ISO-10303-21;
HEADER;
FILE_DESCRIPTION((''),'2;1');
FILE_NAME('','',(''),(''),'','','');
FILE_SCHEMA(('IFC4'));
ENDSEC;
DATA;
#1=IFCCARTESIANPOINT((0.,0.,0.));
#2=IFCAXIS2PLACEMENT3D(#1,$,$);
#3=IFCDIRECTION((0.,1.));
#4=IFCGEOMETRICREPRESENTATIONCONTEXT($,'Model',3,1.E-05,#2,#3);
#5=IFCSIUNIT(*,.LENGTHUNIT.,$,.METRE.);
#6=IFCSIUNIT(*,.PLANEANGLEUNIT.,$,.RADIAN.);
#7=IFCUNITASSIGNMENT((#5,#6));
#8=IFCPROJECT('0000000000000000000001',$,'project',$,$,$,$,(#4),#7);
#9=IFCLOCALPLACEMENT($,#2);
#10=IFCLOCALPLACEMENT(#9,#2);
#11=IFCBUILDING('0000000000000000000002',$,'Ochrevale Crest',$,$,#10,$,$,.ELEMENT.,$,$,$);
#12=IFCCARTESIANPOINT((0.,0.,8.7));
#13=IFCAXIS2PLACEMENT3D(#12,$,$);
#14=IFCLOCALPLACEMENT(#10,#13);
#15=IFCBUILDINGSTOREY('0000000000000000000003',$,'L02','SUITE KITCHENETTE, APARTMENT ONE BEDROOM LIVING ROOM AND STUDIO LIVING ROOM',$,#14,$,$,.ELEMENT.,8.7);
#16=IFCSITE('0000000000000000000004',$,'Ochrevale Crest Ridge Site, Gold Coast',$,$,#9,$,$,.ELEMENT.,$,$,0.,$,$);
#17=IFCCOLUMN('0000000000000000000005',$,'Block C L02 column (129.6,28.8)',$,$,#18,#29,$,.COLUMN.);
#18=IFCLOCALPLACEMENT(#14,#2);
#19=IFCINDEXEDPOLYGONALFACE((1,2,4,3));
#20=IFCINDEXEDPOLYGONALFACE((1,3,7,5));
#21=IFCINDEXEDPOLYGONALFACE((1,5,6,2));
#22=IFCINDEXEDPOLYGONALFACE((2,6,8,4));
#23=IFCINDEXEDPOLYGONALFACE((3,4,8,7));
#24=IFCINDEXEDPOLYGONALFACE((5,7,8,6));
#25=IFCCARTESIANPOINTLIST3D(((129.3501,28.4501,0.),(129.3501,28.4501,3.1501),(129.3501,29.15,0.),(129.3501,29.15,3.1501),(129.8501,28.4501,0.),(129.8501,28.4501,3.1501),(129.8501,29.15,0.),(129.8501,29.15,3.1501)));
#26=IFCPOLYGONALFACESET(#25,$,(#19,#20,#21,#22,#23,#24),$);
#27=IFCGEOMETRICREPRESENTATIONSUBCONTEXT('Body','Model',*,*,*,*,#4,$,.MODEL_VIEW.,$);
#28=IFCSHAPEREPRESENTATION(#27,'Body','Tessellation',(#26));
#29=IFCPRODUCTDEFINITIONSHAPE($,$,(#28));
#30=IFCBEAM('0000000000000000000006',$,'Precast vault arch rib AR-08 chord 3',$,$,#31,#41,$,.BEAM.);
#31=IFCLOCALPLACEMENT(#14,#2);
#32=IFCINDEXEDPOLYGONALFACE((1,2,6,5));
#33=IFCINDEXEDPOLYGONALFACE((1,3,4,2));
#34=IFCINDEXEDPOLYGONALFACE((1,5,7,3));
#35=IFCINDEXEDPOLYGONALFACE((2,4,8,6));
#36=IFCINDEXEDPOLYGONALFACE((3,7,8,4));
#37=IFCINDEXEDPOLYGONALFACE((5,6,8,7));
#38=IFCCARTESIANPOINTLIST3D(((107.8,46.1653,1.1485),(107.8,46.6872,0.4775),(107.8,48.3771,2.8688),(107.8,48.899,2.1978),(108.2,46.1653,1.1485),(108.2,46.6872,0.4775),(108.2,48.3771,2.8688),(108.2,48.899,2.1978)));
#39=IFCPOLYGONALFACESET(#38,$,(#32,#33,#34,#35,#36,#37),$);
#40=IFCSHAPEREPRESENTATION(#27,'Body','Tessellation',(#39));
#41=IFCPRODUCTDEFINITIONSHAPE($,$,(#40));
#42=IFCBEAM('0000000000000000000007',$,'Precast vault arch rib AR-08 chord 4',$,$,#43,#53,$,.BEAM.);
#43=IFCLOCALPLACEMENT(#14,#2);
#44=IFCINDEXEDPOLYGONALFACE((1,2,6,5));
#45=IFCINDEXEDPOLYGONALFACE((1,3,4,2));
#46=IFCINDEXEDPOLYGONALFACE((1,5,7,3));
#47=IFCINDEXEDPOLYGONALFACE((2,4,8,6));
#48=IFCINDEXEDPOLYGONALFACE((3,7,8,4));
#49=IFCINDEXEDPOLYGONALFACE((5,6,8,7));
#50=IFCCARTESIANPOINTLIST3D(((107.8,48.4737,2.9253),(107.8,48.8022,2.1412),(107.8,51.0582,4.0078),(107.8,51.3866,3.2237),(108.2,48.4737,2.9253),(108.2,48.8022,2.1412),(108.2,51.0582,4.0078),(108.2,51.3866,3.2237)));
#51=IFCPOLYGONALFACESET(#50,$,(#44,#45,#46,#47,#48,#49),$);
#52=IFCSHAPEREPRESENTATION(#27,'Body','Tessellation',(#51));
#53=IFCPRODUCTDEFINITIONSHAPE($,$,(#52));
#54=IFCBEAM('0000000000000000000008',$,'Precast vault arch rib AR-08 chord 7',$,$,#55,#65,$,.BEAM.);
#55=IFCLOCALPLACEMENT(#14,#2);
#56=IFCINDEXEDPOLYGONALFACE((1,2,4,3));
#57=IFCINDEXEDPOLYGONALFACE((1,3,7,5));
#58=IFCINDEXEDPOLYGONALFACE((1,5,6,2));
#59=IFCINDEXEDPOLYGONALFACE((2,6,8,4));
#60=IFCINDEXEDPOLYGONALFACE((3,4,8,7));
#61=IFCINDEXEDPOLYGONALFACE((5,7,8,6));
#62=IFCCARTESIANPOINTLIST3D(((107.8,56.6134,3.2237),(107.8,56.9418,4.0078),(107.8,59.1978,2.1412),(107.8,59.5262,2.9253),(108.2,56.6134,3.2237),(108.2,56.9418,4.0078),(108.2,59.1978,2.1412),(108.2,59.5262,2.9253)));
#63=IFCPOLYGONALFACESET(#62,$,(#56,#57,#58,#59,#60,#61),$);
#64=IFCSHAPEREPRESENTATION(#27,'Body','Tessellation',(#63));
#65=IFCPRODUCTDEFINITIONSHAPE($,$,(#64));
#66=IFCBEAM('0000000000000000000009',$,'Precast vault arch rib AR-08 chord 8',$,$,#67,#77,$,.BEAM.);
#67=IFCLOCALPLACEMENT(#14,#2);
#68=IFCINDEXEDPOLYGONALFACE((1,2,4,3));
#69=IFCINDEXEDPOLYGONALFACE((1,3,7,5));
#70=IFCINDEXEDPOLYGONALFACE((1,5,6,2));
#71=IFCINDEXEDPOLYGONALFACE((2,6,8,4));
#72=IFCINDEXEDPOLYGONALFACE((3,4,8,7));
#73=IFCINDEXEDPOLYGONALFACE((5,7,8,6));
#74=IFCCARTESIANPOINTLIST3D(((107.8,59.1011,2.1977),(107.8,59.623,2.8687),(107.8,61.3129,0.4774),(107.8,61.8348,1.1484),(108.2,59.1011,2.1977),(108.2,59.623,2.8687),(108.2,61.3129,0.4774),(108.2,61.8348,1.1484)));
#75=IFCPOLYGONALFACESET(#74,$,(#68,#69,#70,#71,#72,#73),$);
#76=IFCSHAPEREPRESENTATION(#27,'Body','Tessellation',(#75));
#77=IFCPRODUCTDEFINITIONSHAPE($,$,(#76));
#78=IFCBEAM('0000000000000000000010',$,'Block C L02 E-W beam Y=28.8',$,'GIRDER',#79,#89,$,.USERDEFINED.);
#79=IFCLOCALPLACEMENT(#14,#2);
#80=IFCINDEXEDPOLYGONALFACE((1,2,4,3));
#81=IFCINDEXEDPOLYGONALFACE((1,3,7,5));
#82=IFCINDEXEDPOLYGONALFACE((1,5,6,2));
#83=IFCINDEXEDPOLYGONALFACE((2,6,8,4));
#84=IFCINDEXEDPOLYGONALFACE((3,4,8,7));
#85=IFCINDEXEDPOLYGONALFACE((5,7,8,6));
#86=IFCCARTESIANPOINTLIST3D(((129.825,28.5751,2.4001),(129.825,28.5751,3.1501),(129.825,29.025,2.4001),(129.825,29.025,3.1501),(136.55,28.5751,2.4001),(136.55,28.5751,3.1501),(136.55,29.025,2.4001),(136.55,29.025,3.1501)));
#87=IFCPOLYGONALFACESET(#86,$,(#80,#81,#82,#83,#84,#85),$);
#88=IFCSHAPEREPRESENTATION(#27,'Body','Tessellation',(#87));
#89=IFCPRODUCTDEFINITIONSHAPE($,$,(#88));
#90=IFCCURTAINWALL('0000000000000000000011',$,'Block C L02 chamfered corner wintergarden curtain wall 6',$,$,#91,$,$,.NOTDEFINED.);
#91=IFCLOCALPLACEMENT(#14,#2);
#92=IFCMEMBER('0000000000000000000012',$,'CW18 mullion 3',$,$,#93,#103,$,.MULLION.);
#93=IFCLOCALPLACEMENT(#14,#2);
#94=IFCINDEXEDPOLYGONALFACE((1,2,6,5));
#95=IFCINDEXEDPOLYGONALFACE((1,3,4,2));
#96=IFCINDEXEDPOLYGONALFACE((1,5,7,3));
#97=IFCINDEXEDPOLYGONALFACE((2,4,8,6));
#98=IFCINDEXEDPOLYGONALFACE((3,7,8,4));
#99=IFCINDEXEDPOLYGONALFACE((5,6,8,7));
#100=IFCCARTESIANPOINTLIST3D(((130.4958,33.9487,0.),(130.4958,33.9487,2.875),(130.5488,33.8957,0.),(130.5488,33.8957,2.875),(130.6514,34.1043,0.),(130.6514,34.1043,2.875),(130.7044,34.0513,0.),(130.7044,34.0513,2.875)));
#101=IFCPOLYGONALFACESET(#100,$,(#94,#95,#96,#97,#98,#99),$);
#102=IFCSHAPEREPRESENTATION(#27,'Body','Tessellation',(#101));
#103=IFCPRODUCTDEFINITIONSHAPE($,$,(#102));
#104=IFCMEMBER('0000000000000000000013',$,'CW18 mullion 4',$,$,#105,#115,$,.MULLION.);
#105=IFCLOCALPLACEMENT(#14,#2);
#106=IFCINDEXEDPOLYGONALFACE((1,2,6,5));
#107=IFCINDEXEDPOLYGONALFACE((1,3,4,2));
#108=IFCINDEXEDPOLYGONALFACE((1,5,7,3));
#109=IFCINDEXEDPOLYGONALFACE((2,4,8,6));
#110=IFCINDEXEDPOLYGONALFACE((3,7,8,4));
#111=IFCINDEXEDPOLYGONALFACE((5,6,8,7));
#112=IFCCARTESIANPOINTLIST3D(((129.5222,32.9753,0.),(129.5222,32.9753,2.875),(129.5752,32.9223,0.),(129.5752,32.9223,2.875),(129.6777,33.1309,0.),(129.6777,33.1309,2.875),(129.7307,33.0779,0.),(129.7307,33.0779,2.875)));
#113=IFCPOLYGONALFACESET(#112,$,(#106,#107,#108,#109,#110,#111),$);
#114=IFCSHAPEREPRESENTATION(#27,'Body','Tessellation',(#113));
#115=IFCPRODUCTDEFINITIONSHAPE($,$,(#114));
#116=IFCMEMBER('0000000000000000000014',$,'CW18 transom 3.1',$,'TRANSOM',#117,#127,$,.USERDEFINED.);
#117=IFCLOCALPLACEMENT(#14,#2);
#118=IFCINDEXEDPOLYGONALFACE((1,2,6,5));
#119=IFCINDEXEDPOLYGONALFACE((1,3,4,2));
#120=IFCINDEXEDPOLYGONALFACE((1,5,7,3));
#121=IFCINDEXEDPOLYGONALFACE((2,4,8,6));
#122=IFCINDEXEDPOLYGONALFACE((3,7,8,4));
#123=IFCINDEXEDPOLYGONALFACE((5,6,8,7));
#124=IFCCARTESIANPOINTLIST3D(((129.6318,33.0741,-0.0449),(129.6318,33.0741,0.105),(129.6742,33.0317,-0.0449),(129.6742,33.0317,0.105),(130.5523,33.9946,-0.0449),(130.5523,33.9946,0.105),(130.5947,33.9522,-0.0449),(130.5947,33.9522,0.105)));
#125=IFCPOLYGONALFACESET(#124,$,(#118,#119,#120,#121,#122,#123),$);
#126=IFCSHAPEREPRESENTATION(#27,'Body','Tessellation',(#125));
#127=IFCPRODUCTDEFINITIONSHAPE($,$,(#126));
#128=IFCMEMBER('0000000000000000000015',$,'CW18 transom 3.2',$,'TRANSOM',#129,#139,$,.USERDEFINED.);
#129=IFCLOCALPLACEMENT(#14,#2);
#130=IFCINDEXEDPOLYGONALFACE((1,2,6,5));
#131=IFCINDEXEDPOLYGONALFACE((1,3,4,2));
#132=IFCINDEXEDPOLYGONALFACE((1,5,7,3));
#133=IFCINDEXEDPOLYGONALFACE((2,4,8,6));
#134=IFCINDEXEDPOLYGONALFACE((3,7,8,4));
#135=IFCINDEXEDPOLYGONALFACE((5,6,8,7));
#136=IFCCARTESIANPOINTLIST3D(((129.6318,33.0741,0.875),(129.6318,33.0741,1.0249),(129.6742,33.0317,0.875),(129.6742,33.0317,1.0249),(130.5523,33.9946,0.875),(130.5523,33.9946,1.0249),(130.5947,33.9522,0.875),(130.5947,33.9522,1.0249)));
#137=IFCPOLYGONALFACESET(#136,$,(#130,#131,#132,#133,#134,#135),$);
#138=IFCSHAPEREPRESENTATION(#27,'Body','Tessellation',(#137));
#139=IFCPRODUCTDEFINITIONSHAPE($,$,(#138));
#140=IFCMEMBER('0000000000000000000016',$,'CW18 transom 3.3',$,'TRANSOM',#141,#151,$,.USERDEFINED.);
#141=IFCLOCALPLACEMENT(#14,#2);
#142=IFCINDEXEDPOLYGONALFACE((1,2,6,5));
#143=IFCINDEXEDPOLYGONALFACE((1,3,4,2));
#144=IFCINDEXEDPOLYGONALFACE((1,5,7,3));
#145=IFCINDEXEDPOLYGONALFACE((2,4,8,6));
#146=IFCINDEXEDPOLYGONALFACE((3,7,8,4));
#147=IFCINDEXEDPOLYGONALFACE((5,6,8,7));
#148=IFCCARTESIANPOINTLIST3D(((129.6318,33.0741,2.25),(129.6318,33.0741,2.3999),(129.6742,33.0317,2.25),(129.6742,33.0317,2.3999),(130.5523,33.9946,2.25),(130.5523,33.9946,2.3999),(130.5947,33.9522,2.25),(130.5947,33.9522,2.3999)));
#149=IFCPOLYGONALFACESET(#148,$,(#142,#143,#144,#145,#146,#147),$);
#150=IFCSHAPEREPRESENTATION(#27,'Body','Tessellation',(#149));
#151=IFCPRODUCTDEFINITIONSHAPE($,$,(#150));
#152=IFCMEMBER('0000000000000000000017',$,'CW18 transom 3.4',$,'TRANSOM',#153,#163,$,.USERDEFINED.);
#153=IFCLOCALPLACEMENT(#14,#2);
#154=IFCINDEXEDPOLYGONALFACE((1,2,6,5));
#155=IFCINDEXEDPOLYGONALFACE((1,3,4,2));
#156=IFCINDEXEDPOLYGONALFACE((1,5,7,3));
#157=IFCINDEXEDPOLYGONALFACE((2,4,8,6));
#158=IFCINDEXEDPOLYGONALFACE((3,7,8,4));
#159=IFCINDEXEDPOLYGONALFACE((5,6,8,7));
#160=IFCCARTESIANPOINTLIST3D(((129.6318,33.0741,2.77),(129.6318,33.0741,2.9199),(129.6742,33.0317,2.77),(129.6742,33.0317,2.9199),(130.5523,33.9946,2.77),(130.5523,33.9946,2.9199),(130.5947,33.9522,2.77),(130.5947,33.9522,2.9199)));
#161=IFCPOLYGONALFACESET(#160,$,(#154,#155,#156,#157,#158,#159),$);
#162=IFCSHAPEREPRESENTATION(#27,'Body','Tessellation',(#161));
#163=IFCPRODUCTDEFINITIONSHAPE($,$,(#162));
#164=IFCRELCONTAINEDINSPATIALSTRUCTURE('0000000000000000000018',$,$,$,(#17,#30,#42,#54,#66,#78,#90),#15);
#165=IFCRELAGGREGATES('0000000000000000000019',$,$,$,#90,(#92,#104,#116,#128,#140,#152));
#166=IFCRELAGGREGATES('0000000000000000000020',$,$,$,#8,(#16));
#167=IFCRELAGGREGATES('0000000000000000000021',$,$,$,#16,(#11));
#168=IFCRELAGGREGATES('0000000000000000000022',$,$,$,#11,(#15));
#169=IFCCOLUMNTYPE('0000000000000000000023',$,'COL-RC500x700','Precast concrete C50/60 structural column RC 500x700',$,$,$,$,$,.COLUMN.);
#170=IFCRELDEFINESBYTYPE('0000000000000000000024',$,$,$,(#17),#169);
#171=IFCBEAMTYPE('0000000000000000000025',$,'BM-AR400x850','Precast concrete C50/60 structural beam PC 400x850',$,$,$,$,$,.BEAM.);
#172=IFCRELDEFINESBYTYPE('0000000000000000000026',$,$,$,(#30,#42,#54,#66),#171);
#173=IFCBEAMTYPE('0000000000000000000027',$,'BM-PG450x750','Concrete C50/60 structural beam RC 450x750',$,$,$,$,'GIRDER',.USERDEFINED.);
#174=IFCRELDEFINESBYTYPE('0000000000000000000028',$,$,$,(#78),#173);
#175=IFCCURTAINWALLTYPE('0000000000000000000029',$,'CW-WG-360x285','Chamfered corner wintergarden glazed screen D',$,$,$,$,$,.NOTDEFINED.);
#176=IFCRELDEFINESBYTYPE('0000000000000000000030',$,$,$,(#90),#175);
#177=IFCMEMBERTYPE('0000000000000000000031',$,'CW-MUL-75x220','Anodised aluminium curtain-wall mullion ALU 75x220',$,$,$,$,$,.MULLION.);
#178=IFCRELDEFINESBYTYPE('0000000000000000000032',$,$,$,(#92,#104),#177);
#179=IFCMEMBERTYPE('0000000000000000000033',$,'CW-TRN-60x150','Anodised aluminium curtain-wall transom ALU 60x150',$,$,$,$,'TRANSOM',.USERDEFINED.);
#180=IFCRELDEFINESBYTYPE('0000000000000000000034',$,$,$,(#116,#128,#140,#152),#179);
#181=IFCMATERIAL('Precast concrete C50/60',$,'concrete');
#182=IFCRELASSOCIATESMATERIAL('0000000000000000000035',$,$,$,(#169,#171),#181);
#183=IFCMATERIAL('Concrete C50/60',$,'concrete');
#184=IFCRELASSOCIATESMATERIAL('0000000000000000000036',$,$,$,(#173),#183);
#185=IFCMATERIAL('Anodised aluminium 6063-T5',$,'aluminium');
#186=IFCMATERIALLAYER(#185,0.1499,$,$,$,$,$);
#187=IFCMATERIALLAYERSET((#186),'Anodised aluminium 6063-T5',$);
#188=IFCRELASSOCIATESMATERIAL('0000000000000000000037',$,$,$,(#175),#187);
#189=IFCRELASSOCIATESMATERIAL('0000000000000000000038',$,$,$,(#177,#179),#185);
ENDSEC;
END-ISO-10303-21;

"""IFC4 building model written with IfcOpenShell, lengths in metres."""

from ifc_helpers import new_model, si_unit, direction, frame, origin, origin_2d, place, context, subcontext, project, spatial, rectangle, extrude, material, layer, layer_set, material_profile, profile_set, type_object, element, aggregate, save


model = new_model("IFC4")

# Units and contexts
model_context = context("Model", 3, precision=1e-05, world=origin(), true_north=direction((0.0, 1.0)))
body_context = subcontext(model_context, "Body", "Model", "MODEL_VIEW")
ifc_project = project(units=[si_unit("LENGTHUNIT", "METRE"), si_unit("PLANEANGLEUNIT", "RADIAN")], contexts=[model_context])

# Site, building, storey
site_placement = place(None, origin())
site = spatial("IfcSite", under=ifc_project, at=site_placement, Name="Ochrevale Crest Ridge Site, Gold Coast", CompositionType="ELEMENT", RefElevation=0.0)
building_placement = place(site_placement, origin())
building = spatial("IfcBuilding", under=site, at=building_placement, Name="Ochrevale Crest", CompositionType="ELEMENT")
storey_placement = place(building_placement, frame((0.0, 0.0, 8.7)))
storey = spatial("IfcBuildingStorey", under=building, at=storey_placement, Name="L02", Description="SUITE KITCHENETTE, APARTMENT ONE BEDROOM LIVING ROOM AND STUDIO LIVING ROOM", CompositionType="ELEMENT", Elevation=8.7)

# Column
ifc_material_1 = material(Name="Precast concrete C50/60", Category="concrete")
ifc_material_profile_1 = material_profile(ifc_material_1, rectangle(XDim=0.5, YDim=0.7, at=origin_2d()), Name="RC 500x700")
ifc_profile_set_1 = profile_set([ifc_material_profile_1], Name="Precast concrete C50/60")
column_type = type_object("IfcColumnType", Name="COL-RC500x700", Description="Precast concrete C50/60 structural column RC 500x700", PredefinedType="COLUMN", material=ifc_profile_set_1)
column_placement = place(storey_placement, frame((129.6001, 28.8, 0.0), z_axis=(0.0, 0.0, 1.0), x_axis=(1.0, 0.0, 0.0)))
element("IfcColumn", 1, at=column_placement, inside=storey, type_object=column_type, Name="Block C L02 column (129.6,28.8)", PredefinedType="COLUMN", context=body_context, shape_type="SweptSolid", body=[
    extrude(rectangle(XDim=0.5, YDim=0.7, at=origin_2d()), origin(), (0.0, 0.0, 1.0), 3.1501),
])

# Beams
ifc_material_profile_2 = material_profile(ifc_material_1, rectangle(XDim=0.3999, YDim=0.8501, at=origin_2d()), Name="PC 400x850")
ifc_profile_set_2 = profile_set([ifc_material_profile_2], Name="Precast concrete C50/60")
beam_type_1 = type_object("IfcBeamType", Name="BM-AR400x850", Description="Precast concrete C50/60 structural beam PC 400x850", PredefinedType="BEAM", material=ifc_profile_set_2)
for number, where, z_axis, x_axis, name in (
    (2, (108.0, 46.4263, 0.813), (0.0, 0.789348, 0.613947), (-1.0, 0.0, 0.0), "Precast vault arch rib AR-08 chord 3"),
    (3, (108.0, 48.6379, 2.5332), (0.0, 0.922359, 0.386335), (-1.0, 0.0, 0.0), "Precast vault arch rib AR-08 chord 4"),
    (4, (108.0, 56.7776, 3.6157), (0.0, 0.922359, -0.386335), (-1.0, 0.0, 0.0), "Precast vault arch rib AR-08 chord 7"),
    (5, (108.0, 59.3621, 2.5332), (0.0, 0.789348, -0.613947), (-1.0, 0.0, 0.0), "Precast vault arch rib AR-08 chord 8"),
):
    element("IfcBeam", number, at=place(storey_placement, frame(where, z_axis=z_axis, x_axis=x_axis)), inside=storey, type_object=beam_type_1, Name=name, PredefinedType="BEAM", context=body_context, shape_type="SweptSolid", body=[
        extrude(rectangle(XDim=0.3999, YDim=0.8501, at=origin_2d()), origin(), (0.0, 0.0, 1.0), 2.802),
    ])
ifc_material_2 = material(Name="Concrete C50/60", Category="concrete")
ifc_material_profile_3 = material_profile(ifc_material_2, rectangle(XDim=0.45, YDim=0.75, at=origin_2d()), Name="RC 450x750")
ifc_profile_set_3 = profile_set([ifc_material_profile_3], Name="Concrete C50/60")
beam_type_2 = type_object("IfcBeamType", Name="BM-PG450x750", Description="Concrete C50/60 structural beam RC 450x750", ElementType="GIRDER", PredefinedType="USERDEFINED", material=ifc_profile_set_3)
beam_placement = place(storey_placement, frame((129.825, 28.8, 2.7751), z_axis=(1.0, 0.0, 0.0), x_axis=(0.0, 1.0, 0.0)))
element("IfcBeam", 6, at=beam_placement, inside=storey, type_object=beam_type_2, Name="Block C L02 E-W beam Y=28.8", ObjectType="GIRDER", PredefinedType="USERDEFINED", context=body_context, shape_type="SweptSolid", body=[
    extrude(rectangle(XDim=0.45, YDim=0.75, at=origin_2d()), origin(), (0.0, 0.0, 1.0), 6.7251),
])

# Curtain wall, members
ifc_material_3 = material(Name="Anodised aluminium 6063-T5", Category="aluminium")
ifc_layer_1 = layer(ifc_material_3, 0.1499)
ifc_layer_set_1 = layer_set([ifc_layer_1], Name="Anodised aluminium 6063-T5")
curtain_wall_type = type_object("IfcCurtainWallType", Name="CW-WG-360x285", Description="Chamfered corner wintergarden glazed screen D", PredefinedType="NOTDEFINED", material=ifc_layer_set_1)
curtain_wall_placement = place(storey_placement, origin())
curtain_wall = element("IfcCurtainWall", 7, at=curtain_wall_placement, inside=storey, type_object=curtain_wall_type, Name="Block C L02 chamfered corner wintergarden curtain wall 6", PredefinedType="NOTDEFINED")
ifc_material_profile_4 = material_profile(ifc_material_3, rectangle(XDim=0.075, YDim=0.22, at=origin_2d()), Name="ALU 75x220")
ifc_profile_set_4 = profile_set([ifc_material_profile_4], Name="Anodised aluminium 6063-T5")
member_type_1 = type_object("IfcMemberType", Name="CW-MUL-75x220", Description="Anodised aluminium curtain-wall mullion ALU 75x220", PredefinedType="MULLION", material=ifc_profile_set_4)
member_1_placement = place(storey_placement, frame((130.6001, 34.0, 0.0), z_axis=(0.0, 0.0, 1.0), x_axis=(0.707107, -0.707107, 0.0)))
member_1 = element("IfcMember", 8, at=member_1_placement, type_object=member_type_1, Name="CW18 mullion 3", PredefinedType="MULLION", context=body_context, shape_type="SweptSolid", body=[
    extrude(rectangle(XDim=0.075, YDim=0.22, at=origin_2d()), origin(), (0.0, 0.0, 1.0), 2.875),
])
member_2_placement = place(storey_placement, frame((129.6265, 33.0266, 0.0), z_axis=(0.0, 0.0, 1.0), x_axis=(0.707107, -0.707107, 0.0)))
member_2 = element("IfcMember", 9, at=member_2_placement, type_object=member_type_1, Name="CW18 mullion 4", PredefinedType="MULLION", context=body_context, shape_type="SweptSolid", body=[
    extrude(rectangle(XDim=0.075, YDim=0.22, at=origin_2d()), origin(), (0.0, 0.0, 1.0), 2.875),
])
ifc_material_profile_5 = material_profile(ifc_material_3, rectangle(XDim=0.0601, YDim=0.1499, at=origin_2d()), Name="ALU 60x150")
ifc_profile_set_5 = profile_set([ifc_material_profile_5], Name="Anodised aluminium 6063-T5")
member_type_2 = type_object("IfcMemberType", Name="CW-TRN-60x150", Description="Anodised aluminium curtain-wall transom ALU 60x150", ElementType="TRANSOM", PredefinedType="USERDEFINED", material=ifc_profile_set_5)
member_3_placement = place(storey_placement, frame((130.5735, 33.9734, 0.03), z_axis=(-0.707107, -0.707107, 0.0), x_axis=(0.707107, -0.707107, 0.0)))
member_3 = element("IfcMember", 10, at=member_3_placement, type_object=member_type_2, Name="CW18 transom 3.1", ObjectType="TRANSOM", PredefinedType="USERDEFINED", context=body_context, shape_type="SweptSolid", body=[
    extrude(rectangle(XDim=0.0601, YDim=0.1499, at=origin_2d()), origin(), (0.0, 0.0, 1.0), 1.3018),
])
member_4_placement = place(storey_placement, frame((130.5735, 33.9734, 0.95), z_axis=(-0.707107, -0.707107, 0.0), x_axis=(0.707107, -0.707107, 0.0)))
member_4 = element("IfcMember", 11, at=member_4_placement, type_object=member_type_2, Name="CW18 transom 3.2", ObjectType="TRANSOM", PredefinedType="USERDEFINED", context=body_context, shape_type="SweptSolid", body=[
    extrude(rectangle(XDim=0.0601, YDim=0.1499, at=origin_2d()), origin(), (0.0, 0.0, 1.0), 1.3018),
])
member_5_placement = place(storey_placement, frame((130.5735, 33.9734, 2.325), z_axis=(-0.707107, -0.707107, 0.0), x_axis=(0.707107, -0.707107, 0.0)))
member_5 = element("IfcMember", 12, at=member_5_placement, type_object=member_type_2, Name="CW18 transom 3.3", ObjectType="TRANSOM", PredefinedType="USERDEFINED", context=body_context, shape_type="SweptSolid", body=[
    extrude(rectangle(XDim=0.0601, YDim=0.1499, at=origin_2d()), origin(), (0.0, 0.0, 1.0), 1.3018),
])
member_6_placement = place(storey_placement, frame((130.5735, 33.9734, 2.845), z_axis=(-0.707107, -0.707107, 0.0), x_axis=(0.707107, -0.707107, 0.0)))
member_6 = element("IfcMember", 13, at=member_6_placement, type_object=member_type_2, Name="CW18 transom 3.4", ObjectType="TRANSOM", PredefinedType="USERDEFINED", context=body_context, shape_type="SweptSolid", body=[
    extrude(rectangle(XDim=0.0601, YDim=0.1499, at=origin_2d()), origin(), (0.0, 0.0, 1.0), 1.3018),
])

aggregate(curtain_wall, [member_1, member_2, member_3, member_4, member_5, member_6])

save(model, "model.ifc")
